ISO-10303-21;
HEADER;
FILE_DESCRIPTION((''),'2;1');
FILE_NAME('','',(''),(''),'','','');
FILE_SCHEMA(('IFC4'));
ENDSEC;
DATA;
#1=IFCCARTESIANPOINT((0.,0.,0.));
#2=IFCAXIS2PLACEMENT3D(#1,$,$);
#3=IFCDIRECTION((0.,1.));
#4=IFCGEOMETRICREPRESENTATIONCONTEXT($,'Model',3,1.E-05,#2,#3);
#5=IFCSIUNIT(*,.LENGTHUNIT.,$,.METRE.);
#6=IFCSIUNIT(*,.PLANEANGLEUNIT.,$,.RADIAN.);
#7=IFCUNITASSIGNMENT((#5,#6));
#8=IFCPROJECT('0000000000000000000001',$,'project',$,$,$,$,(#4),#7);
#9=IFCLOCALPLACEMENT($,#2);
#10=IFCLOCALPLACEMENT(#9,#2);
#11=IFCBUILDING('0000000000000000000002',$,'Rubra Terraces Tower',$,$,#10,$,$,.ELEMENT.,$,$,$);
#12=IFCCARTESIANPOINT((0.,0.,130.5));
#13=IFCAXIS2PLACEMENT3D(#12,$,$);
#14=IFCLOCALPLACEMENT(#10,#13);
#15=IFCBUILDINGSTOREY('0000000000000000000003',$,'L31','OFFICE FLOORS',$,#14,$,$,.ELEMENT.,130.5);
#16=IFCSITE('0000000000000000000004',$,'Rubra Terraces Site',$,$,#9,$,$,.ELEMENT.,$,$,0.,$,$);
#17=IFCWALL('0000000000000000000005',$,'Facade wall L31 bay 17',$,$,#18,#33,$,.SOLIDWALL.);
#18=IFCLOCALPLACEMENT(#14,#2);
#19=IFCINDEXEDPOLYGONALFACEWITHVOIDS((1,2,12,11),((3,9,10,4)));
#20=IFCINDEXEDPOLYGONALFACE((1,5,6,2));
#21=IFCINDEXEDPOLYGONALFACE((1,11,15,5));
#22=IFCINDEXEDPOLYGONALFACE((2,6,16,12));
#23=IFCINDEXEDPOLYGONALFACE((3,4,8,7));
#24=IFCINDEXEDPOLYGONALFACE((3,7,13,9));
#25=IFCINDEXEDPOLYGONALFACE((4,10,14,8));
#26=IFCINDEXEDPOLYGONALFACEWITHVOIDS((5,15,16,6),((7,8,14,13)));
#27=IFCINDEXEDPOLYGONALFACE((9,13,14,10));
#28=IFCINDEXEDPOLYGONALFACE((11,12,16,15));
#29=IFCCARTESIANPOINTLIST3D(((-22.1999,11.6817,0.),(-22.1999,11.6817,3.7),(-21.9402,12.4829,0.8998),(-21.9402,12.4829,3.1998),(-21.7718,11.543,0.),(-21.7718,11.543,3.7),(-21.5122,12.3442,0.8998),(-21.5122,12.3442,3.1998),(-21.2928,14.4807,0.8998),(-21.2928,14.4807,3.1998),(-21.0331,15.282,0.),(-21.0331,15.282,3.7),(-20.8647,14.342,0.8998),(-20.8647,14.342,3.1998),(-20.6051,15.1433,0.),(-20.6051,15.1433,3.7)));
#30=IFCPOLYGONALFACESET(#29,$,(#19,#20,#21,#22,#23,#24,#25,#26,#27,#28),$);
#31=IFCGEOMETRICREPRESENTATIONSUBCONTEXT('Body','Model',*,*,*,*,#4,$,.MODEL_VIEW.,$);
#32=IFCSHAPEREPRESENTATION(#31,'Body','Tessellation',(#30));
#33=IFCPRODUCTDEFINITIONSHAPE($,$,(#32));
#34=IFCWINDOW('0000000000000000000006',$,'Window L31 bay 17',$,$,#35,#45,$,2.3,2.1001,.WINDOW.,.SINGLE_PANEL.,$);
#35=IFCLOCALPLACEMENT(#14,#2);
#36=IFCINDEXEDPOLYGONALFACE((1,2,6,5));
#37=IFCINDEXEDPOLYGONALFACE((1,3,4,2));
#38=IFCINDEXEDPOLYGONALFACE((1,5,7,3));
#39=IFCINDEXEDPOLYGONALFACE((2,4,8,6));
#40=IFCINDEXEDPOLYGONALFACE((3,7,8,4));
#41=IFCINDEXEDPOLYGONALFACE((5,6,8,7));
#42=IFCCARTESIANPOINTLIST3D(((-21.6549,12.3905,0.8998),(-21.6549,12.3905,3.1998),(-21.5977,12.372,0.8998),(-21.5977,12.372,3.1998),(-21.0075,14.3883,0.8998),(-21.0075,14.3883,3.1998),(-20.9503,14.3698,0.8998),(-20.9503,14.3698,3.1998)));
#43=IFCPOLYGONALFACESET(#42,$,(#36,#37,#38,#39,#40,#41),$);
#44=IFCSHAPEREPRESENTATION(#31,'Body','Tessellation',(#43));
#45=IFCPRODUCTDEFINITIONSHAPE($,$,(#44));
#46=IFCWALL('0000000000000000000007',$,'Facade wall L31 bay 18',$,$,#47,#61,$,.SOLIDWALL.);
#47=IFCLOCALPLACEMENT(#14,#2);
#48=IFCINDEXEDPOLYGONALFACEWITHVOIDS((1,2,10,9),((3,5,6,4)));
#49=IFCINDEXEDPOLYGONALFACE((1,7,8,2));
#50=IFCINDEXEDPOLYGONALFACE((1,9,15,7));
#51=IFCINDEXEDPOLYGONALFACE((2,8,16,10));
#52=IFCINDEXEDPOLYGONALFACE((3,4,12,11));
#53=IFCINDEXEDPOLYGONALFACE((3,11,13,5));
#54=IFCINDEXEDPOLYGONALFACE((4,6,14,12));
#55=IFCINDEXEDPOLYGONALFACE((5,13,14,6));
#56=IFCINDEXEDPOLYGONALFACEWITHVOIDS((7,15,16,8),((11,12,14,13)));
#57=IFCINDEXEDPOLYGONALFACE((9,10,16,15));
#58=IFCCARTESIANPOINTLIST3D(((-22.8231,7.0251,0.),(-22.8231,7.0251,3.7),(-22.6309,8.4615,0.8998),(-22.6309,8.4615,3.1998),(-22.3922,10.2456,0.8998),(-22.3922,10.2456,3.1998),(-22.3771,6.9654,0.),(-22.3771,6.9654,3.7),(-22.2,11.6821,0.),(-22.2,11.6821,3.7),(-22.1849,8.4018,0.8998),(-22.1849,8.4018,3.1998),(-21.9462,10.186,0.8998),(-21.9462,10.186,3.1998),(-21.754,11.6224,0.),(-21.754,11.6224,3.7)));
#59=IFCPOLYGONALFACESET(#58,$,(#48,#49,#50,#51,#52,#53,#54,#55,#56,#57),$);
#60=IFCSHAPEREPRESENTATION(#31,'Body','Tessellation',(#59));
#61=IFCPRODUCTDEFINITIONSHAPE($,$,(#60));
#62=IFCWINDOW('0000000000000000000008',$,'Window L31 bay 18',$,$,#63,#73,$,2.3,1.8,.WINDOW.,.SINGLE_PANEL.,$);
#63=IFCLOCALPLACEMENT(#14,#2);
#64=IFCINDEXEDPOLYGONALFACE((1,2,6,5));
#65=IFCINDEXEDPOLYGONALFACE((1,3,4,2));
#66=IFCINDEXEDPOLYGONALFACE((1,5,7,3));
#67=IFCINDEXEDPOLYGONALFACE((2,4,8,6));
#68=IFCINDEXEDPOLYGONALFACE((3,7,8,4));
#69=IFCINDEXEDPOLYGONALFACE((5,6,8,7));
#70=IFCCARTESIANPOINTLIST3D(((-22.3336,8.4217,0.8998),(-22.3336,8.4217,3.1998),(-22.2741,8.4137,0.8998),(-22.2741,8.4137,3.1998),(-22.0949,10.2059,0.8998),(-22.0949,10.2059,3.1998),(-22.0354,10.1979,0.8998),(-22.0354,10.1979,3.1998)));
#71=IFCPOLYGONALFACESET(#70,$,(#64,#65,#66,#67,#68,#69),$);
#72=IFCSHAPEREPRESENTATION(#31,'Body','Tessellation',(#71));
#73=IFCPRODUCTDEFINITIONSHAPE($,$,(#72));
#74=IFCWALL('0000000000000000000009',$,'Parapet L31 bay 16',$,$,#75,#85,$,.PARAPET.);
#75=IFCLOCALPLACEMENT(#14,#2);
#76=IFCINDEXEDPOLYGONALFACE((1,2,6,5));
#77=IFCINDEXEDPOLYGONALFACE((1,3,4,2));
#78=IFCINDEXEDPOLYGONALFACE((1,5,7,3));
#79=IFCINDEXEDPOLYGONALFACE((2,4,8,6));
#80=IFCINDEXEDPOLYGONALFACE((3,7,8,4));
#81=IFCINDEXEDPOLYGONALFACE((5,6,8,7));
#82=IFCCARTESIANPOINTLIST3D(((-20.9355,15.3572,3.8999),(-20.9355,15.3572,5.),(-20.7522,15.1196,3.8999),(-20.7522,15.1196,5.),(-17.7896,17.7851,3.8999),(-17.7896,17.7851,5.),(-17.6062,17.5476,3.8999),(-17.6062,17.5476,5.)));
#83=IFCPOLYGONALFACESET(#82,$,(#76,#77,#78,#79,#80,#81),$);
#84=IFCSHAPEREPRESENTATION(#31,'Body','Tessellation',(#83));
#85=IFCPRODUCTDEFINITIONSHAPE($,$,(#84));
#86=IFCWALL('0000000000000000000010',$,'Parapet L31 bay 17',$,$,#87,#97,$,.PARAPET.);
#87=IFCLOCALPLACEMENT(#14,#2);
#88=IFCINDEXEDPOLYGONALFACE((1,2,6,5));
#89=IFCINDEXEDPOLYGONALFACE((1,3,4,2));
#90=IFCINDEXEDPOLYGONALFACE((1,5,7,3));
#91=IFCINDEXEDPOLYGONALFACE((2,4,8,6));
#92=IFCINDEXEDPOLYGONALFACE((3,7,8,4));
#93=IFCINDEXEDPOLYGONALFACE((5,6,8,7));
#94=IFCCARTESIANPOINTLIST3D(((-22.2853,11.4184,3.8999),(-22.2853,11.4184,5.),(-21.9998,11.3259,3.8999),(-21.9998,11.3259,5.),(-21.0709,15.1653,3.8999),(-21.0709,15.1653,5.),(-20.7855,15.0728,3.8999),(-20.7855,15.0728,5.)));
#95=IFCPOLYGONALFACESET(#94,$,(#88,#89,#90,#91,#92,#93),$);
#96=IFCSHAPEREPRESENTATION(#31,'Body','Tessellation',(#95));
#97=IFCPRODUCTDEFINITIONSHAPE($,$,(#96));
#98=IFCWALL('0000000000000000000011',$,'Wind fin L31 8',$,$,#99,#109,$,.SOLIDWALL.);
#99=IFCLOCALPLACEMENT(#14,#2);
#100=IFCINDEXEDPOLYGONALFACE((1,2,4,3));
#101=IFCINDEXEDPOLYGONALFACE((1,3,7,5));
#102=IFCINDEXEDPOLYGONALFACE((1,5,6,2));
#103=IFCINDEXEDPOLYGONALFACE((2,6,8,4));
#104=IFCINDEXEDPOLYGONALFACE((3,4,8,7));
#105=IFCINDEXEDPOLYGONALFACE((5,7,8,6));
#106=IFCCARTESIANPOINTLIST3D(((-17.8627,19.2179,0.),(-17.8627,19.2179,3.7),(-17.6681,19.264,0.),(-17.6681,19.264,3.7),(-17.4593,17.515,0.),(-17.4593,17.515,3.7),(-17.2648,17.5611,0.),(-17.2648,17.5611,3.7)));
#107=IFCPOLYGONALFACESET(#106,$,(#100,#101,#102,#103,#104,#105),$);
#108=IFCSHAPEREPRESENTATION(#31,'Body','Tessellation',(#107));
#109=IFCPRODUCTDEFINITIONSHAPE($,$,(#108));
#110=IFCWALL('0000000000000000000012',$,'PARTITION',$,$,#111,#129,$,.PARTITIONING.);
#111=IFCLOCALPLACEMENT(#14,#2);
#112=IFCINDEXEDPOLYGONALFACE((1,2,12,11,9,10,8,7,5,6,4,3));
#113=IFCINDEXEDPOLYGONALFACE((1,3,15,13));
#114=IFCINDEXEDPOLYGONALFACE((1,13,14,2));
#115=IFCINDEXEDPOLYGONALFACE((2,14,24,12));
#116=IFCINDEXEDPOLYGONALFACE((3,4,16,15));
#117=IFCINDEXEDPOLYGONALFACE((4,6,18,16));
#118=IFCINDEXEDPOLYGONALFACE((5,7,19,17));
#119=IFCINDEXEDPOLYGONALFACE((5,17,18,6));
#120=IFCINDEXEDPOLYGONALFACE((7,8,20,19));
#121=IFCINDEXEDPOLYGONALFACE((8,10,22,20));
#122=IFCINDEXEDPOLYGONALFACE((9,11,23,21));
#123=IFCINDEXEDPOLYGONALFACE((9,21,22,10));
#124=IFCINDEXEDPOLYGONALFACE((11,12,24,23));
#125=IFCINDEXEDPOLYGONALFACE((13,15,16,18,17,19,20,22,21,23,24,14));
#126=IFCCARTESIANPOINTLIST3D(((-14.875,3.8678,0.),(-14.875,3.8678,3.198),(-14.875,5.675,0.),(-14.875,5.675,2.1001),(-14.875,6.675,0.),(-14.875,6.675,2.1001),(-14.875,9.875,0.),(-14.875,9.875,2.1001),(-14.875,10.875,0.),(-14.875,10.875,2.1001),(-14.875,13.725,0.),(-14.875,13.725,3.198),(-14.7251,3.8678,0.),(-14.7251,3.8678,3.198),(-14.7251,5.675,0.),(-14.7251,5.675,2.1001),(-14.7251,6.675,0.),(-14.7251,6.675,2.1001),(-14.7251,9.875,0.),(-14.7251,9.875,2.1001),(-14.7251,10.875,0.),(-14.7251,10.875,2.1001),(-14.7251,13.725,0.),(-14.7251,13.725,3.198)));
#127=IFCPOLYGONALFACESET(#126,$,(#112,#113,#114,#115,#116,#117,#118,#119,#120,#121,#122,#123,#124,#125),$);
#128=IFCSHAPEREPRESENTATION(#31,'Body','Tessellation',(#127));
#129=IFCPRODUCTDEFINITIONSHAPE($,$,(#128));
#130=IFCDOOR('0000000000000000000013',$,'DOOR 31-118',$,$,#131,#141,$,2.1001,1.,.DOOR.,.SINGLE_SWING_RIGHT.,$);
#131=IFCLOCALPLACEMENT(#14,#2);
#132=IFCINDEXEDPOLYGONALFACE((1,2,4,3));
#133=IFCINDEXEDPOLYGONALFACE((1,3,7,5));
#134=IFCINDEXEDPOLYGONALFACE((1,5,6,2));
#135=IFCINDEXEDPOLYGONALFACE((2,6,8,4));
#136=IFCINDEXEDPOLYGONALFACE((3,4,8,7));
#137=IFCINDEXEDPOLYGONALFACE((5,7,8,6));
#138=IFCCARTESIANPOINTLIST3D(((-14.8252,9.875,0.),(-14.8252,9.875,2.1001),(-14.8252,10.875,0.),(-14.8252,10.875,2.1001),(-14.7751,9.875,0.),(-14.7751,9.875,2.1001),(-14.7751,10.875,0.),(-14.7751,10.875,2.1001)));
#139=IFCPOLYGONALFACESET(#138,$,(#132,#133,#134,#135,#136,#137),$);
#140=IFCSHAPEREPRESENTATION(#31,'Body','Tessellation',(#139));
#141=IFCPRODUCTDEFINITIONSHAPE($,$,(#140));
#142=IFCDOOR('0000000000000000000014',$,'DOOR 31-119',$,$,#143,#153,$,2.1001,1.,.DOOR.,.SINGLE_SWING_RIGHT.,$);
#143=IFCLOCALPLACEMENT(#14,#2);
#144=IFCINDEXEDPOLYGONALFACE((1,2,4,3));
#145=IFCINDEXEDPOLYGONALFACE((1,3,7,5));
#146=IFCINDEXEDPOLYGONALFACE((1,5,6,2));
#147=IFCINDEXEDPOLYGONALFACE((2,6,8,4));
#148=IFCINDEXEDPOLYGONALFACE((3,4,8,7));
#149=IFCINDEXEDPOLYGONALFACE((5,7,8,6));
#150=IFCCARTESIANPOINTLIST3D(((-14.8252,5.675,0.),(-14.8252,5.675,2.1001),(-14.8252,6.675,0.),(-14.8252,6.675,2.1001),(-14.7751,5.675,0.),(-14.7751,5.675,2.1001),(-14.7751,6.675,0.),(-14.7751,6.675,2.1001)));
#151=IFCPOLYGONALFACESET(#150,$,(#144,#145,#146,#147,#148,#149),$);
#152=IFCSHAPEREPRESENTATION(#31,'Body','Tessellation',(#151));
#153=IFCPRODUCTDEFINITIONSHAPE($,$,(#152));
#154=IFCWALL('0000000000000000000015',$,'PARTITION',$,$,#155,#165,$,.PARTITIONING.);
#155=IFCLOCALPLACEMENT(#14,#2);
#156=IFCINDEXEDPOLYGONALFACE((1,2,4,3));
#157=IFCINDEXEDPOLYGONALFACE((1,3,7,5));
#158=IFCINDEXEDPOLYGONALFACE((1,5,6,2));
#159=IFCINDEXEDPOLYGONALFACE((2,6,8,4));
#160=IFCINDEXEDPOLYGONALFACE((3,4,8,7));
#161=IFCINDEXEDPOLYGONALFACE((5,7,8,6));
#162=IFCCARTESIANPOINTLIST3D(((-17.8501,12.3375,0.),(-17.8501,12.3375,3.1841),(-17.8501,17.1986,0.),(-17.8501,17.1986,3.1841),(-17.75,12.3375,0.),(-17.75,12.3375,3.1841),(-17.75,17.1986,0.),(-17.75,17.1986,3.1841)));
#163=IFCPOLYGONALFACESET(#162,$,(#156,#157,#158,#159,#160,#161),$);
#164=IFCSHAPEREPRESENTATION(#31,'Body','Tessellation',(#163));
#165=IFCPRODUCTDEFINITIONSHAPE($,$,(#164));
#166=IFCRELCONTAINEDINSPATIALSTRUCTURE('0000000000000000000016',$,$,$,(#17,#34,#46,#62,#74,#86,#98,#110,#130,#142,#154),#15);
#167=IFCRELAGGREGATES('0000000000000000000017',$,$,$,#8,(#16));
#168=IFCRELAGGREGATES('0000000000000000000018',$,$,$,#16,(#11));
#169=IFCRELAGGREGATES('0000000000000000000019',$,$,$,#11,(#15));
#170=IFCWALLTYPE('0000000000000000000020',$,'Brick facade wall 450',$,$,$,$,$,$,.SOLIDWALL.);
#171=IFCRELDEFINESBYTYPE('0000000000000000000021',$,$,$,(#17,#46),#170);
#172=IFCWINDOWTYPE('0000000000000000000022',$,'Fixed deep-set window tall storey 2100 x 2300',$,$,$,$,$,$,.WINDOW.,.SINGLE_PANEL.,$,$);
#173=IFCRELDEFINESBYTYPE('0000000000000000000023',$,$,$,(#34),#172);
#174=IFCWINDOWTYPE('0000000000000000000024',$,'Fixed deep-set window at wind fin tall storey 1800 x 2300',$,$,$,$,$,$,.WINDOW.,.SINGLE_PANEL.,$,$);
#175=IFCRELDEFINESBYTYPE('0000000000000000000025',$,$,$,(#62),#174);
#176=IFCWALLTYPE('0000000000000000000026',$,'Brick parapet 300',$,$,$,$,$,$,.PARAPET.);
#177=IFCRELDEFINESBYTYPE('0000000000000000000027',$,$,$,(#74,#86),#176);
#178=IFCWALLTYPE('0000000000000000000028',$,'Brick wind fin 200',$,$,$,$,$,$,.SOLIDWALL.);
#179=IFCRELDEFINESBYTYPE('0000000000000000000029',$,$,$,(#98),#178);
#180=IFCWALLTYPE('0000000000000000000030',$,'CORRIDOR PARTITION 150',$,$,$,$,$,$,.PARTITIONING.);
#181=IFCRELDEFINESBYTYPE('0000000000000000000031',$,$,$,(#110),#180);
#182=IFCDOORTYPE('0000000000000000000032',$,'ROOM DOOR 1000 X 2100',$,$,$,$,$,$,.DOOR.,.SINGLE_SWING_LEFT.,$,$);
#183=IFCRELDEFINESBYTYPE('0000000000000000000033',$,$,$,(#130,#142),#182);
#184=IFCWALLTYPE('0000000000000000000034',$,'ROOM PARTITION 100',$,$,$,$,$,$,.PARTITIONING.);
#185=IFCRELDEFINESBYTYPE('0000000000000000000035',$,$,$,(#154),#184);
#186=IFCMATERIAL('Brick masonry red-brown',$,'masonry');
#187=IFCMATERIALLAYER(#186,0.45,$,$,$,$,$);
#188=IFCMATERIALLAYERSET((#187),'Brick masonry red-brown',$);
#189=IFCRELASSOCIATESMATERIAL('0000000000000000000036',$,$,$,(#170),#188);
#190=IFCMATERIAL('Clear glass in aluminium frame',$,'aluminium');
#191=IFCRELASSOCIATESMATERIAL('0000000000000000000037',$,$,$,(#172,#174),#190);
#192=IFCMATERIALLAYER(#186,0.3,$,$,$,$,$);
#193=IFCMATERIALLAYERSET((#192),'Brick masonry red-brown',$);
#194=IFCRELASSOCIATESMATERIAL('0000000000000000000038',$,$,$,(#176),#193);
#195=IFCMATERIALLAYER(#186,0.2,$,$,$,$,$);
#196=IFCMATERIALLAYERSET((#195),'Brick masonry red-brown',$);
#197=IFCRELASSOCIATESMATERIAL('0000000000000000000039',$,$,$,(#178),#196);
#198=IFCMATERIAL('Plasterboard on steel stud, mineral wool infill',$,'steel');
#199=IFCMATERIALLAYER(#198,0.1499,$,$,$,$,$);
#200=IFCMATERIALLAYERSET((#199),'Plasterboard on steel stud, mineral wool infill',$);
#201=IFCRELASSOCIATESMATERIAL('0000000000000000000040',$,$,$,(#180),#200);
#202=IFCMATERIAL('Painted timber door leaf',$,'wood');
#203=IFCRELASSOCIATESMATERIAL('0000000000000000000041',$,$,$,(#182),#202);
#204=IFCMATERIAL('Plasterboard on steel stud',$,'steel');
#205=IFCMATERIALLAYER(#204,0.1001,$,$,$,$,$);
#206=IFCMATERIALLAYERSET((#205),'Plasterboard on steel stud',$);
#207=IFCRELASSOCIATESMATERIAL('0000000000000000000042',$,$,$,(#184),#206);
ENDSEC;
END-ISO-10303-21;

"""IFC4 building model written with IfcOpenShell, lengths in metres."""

from ifc_helpers import new_model, si_unit, direction, frame, frame_2d, origin, place, context, subcontext, project, spatial, rectangle, extrude, material, layer, layer_set, type_object, element, fill, save


model = new_model("IFC4")

# Units and contexts
model_context = context("Model", 3, precision=1e-05, world=origin(), true_north=direction((0.0, 1.0)))
body_context = subcontext(model_context, "Body", "Model", "MODEL_VIEW")
ifc_project = project(units=[si_unit("LENGTHUNIT", "METRE"), si_unit("PLANEANGLEUNIT", "RADIAN")], contexts=[model_context])

# Site, building, storey
site_placement = place(None, origin())
site = spatial("IfcSite", under=ifc_project, at=site_placement, Name="Rubra Terraces Site", CompositionType="ELEMENT", RefElevation=0.0)
building_placement = place(site_placement, origin())
building = spatial("IfcBuilding", under=site, at=building_placement, Name="Rubra Terraces Tower", CompositionType="ELEMENT")
storey_placement = place(building_placement, frame((0.0, 0.0, 130.5)))
storey = spatial("IfcBuildingStorey", under=building, at=storey_placement, Name="L31", Description="OFFICE FLOORS", CompositionType="ELEMENT", Elevation=130.5)

# Walls, openings, windows
ifc_material_1 = material(Name="Brick masonry red-brown", Category="masonry")
ifc_layer_1 = layer(ifc_material_1, 0.45)
ifc_layer_set_1 = layer_set([ifc_layer_1], Name="Brick masonry red-brown")
wall_type_1 = type_object("IfcWallType", Name="Brick facade wall 450", PredefinedType="SOLIDWALL", material=ifc_layer_set_1)
ifc_material_2 = material(Name="Clear glass in aluminium frame", Category="aluminium")
window_type_1 = type_object("IfcWindowType", Name="Fixed deep-set window tall storey 2100 x 2300", PartitioningType="SINGLE_PANEL", PredefinedType="WINDOW", material=ifc_material_2)
wall_1_placement = place(storey_placement, frame((-20.8191, 15.2126, 0.0), z_axis=(0.0, 0.0, 1.0), x_axis=(-0.308282, -0.951295, 0.0)))
wall_1 = element("IfcWall", 1, at=wall_1_placement, inside=storey, type_object=wall_type_1, Name="Facade wall L31 bay 17", PredefinedType="SOLIDWALL", context=body_context, shape_type="SweptSolid", body=[
    extrude(rectangle(XDim=3.7847, YDim=0.45, at=frame_2d((1.8923, 0.0))), origin(), (0.0, 0.0, 1.0), 3.7),
])
opening_1_placement = place(wall_1_placement, frame((0.8423, 0.0, 0.8999)))
opening_1 = element("IfcOpeningElement", 2, at=opening_1_placement, cuts=wall_1, PredefinedType="OPENING", context=body_context, shape_type="SweptSolid", body=[
    extrude(rectangle(XDim=2.1001, YDim=2.3, at=frame_2d((1.05, 1.1499))), frame((0.0, 0.2349, 0.0), z_axis=(0.0, -1.0, 0.0), x_axis=(1.0, 0.0, 0.0)), (0.0, 0.0, 1.0), 0.47),
])
window_1_placement = place(opening_1_placement, origin())
window_1 = element("IfcWindow", 3, at=window_1_placement, inside=storey, type_object=window_type_1, Name="Window L31 bay 17", OverallHeight=2.3, OverallWidth=2.1001, PartitioningType="SINGLE_PANEL", PredefinedType="WINDOW", context=body_context, shape_type="SweptSolid", body=[
    extrude(rectangle(XDim=2.1001, YDim=2.3, at=frame_2d((1.05, 1.1499))), frame((0.0, 0.135, 0.0), z_axis=(0.0, -1.0, 0.0), x_axis=(1.0, 0.0, 0.0)), (0.0, 0.0, 1.0), 0.0601),
])
fill(opening_1, window_1)
wall_2_placement = place(storey_placement, frame((-21.9771, 11.6521, 0.0), z_axis=(0.0, 0.0, 1.0), x_axis=(-0.132606, -0.991169, 0.0)))
wall_2 = element("IfcWall", 4, at=wall_2_placement, inside=storey, type_object=wall_type_1, Name="Facade wall L31 bay 18", PredefinedType="SOLIDWALL", context=body_context, shape_type="SweptSolid", body=[
    extrude(rectangle(XDim=4.6985, YDim=0.45, at=frame_2d((2.3491, 0.0))), origin(), (0.0, 0.0, 1.0), 3.7),
])
opening_2_placement = place(wall_2_placement, frame((1.4492, 0.0, 0.8999)))
opening_2 = element("IfcOpeningElement", 5, at=opening_2_placement, cuts=wall_2, PredefinedType="OPENING", context=body_context, shape_type="SweptSolid", body=[
    extrude(rectangle(XDim=1.8, YDim=2.3, at=frame_2d((0.8999, 1.1499))), frame((0.0, 0.2349, 0.0), z_axis=(0.0, -1.0, 0.0), x_axis=(1.0, 0.0, 0.0)), (0.0, 0.0, 1.0), 0.47),
])
window_type_2 = type_object("IfcWindowType", Name="Fixed deep-set window at wind fin tall storey 1800 x 2300", PartitioningType="SINGLE_PANEL", PredefinedType="WINDOW", material=ifc_material_2)
window_2_placement = place(opening_2_placement, origin())
window_2 = element("IfcWindow", 6, at=window_2_placement, inside=storey, type_object=window_type_2, Name="Window L31 bay 18", OverallHeight=2.3, OverallWidth=1.8, PartitioningType="SINGLE_PANEL", PredefinedType="WINDOW", context=body_context, shape_type="SweptSolid", body=[
    extrude(rectangle(XDim=1.8, YDim=2.3, at=frame_2d((0.8999, 1.1499))), frame((0.0, 0.135, 0.0), z_axis=(0.0, -1.0, 0.0), x_axis=(1.0, 0.0, 0.0)), (0.0, 0.0, 1.0), 0.0601),
])
fill(opening_2, window_2)

# Walls
ifc_layer_2 = layer(ifc_material_1, 0.3)
ifc_layer_set_2 = layer_set([ifc_layer_2], Name="Brick masonry red-brown")
wall_type_2 = type_object("IfcWallType", Name="Brick parapet 300", PredefinedType="PARAPET", material=ifc_layer_set_2)
wall_3_placement = place(storey_placement, frame((-17.698, 17.6663, 3.8999), z_axis=(0.0, 0.0, 1.0), x_axis=(-0.791652, -0.610972, 0.0)))
element("IfcWall", 7, at=wall_3_placement, inside=storey, type_object=wall_type_2, Name="Parapet L31 bay 16", PredefinedType="PARAPET", context=body_context, shape_type="SweptSolid", body=[
    extrude(rectangle(XDim=3.9739, YDim=0.3, at=frame_2d((1.9868, 0.0))), origin(), (0.0, 0.0, 1.0), 1.1001),
])
wall_4_placement = place(storey_placement, frame((-20.9282, 15.1189, 3.8999), z_axis=(0.0, 0.0, 1.0), x_axis=(-0.308314, -0.951285, 0.0)))
element("IfcWall", 8, at=wall_4_placement, inside=storey, type_object=wall_type_2, Name="Parapet L31 bay 17", PredefinedType="PARAPET", context=body_context, shape_type="SweptSolid", body=[
    extrude(rectangle(XDim=3.9387, YDim=0.3, at=frame_2d((1.9692, 0.0))), origin(), (0.0, 0.0, 1.0), 1.1001),
])
ifc_layer_3 = layer(ifc_material_1, 0.2)
ifc_layer_set_3 = layer_set([ifc_layer_3], Name="Brick masonry red-brown")
wall_type_3 = type_object("IfcWallType", Name="Brick wind fin 200", PredefinedType="SOLIDWALL", material=ifc_layer_set_3)
wall_5_placement = place(storey_placement, frame((-17.3621, 17.5381, 0.0), z_axis=(0.0, 0.0, 1.0), x_axis=(-0.23047, 0.973079, 0.0)))
element("IfcWall", 9, at=wall_5_placement, inside=storey, type_object=wall_type_3, Name="Wind fin L31 8", PredefinedType="SOLIDWALL", context=body_context, shape_type="SweptSolid", body=[
    extrude(rectangle(XDim=1.75, YDim=0.2, at=frame_2d((0.875, 0.0))), origin(), (0.0, 0.0, 1.0), 3.7),
])

# Wall, openings, doors
ifc_material_3 = material(Name="Plasterboard on steel stud, mineral wool infill", Category="steel")
ifc_layer_4 = layer(ifc_material_3, 0.1499)
ifc_layer_set_4 = layer_set([ifc_layer_4], Name="Plasterboard on steel stud, mineral wool infill")
wall_type_4 = type_object("IfcWallType", Name="CORRIDOR PARTITION 150", PredefinedType="PARTITIONING", material=ifc_layer_set_4)
wall_6_placement = place(storey_placement, frame((-14.8, 13.7251, 0.0), z_axis=(0.0, 0.0, 1.0), x_axis=(0.0, -1.0, 0.0)))
wall_6 = element("IfcWall", 10, at=wall_6_placement, inside=storey, type_object=wall_type_4, Name="PARTITION", PredefinedType="PARTITIONING", context=body_context, shape_type="SweptSolid", body=[
    extrude(rectangle(XDim=9.8572, YDim=0.1499, at=frame_2d((4.9287, 0.0))), origin(), (0.0, 0.0, 1.0), 3.198),
])
opening_3_placement = place(wall_6_placement, frame((2.8501, 0.0, 0.0)))
opening_3 = element("IfcOpeningElement", 11, at=opening_3_placement, cuts=wall_6, PredefinedType="OPENING", context=body_context, shape_type="SweptSolid", body=[
    extrude(rectangle(XDim=1.0, YDim=2.1001, at=frame_2d((0.5, 1.05))), frame((0.0, 0.085, 0.0), z_axis=(0.0, -1.0, 0.0), x_axis=(1.0, 0.0, 0.0)), (0.0, 0.0, 1.0), 0.1699),
])
opening_4_placement = place(wall_6_placement, frame((7.05, 0.0, 0.0)))
opening_4 = element("IfcOpeningElement", 12, at=opening_4_placement, cuts=wall_6, PredefinedType="OPENING", context=body_context, shape_type="SweptSolid", body=[
    extrude(rectangle(XDim=1.0, YDim=2.1001, at=frame_2d((0.5, 1.05))), frame((0.0, 0.085, 0.0), z_axis=(0.0, -1.0, 0.0), x_axis=(1.0, 0.0, 0.0)), (0.0, 0.0, 1.0), 0.1699),
])
ifc_material_4 = material(Name="Painted timber door leaf", Category="wood")
door_type = type_object("IfcDoorType", Name="ROOM DOOR 1000 X 2100", OperationType="SINGLE_SWING_LEFT", PredefinedType="DOOR", material=ifc_material_4)
door_1_placement = place(opening_3_placement, origin())
door_1 = element("IfcDoor", 13, at=door_1_placement, inside=storey, type_object=door_type, Name="DOOR 31-118", OperationType="SINGLE_SWING_RIGHT", OverallHeight=2.1001, OverallWidth=1.0, PredefinedType="DOOR", context=body_context, shape_type="SweptSolid", body=[
    extrude(rectangle(XDim=1.0, YDim=2.1001, at=frame_2d((0.5, 1.05))), frame((0.0, 0.0249, 0.0), z_axis=(0.0, -1.0, 0.0), x_axis=(1.0, 0.0, 0.0)), (0.0, 0.0, 1.0), 0.05),
])
fill(opening_3, door_1)
door_2_placement = place(opening_4_placement, origin())
door_2 = element("IfcDoor", 14, at=door_2_placement, inside=storey, type_object=door_type, Name="DOOR 31-119", OperationType="SINGLE_SWING_RIGHT", OverallHeight=2.1001, OverallWidth=1.0, PredefinedType="DOOR", context=body_context, shape_type="SweptSolid", body=[
    extrude(rectangle(XDim=1.0, YDim=2.1001, at=frame_2d((0.5, 1.05))), frame((0.0, 0.0249, 0.0), z_axis=(0.0, -1.0, 0.0), x_axis=(1.0, 0.0, 0.0)), (0.0, 0.0, 1.0), 0.05),
])
fill(opening_4, door_2)

# Wall
ifc_material_5 = material(Name="Plasterboard on steel stud", Category="steel")
ifc_layer_5 = layer(ifc_material_5, 0.1001)
ifc_layer_set_5 = layer_set([ifc_layer_5], Name="Plasterboard on steel stud")
wall_type_5 = type_object("IfcWallType", Name="ROOM PARTITION 100", PredefinedType="PARTITIONING", material=ifc_layer_set_5)
wall_7_placement = place(storey_placement, frame((-17.8, 12.3374, 0.0), z_axis=(0.0, 0.0, 1.0), x_axis=(0.0, 1.0, 0.0)))
element("IfcWall", 15, at=wall_7_placement, inside=storey, type_object=wall_type_5, Name="PARTITION", PredefinedType="PARTITIONING", context=body_context, shape_type="SweptSolid", body=[
    extrude(rectangle(XDim=4.8611, YDim=0.1001, at=frame_2d((2.4307, 0.0))), origin(), (0.0, 0.0, 1.0), 3.1841),
])

save(model, "model.ifc")
